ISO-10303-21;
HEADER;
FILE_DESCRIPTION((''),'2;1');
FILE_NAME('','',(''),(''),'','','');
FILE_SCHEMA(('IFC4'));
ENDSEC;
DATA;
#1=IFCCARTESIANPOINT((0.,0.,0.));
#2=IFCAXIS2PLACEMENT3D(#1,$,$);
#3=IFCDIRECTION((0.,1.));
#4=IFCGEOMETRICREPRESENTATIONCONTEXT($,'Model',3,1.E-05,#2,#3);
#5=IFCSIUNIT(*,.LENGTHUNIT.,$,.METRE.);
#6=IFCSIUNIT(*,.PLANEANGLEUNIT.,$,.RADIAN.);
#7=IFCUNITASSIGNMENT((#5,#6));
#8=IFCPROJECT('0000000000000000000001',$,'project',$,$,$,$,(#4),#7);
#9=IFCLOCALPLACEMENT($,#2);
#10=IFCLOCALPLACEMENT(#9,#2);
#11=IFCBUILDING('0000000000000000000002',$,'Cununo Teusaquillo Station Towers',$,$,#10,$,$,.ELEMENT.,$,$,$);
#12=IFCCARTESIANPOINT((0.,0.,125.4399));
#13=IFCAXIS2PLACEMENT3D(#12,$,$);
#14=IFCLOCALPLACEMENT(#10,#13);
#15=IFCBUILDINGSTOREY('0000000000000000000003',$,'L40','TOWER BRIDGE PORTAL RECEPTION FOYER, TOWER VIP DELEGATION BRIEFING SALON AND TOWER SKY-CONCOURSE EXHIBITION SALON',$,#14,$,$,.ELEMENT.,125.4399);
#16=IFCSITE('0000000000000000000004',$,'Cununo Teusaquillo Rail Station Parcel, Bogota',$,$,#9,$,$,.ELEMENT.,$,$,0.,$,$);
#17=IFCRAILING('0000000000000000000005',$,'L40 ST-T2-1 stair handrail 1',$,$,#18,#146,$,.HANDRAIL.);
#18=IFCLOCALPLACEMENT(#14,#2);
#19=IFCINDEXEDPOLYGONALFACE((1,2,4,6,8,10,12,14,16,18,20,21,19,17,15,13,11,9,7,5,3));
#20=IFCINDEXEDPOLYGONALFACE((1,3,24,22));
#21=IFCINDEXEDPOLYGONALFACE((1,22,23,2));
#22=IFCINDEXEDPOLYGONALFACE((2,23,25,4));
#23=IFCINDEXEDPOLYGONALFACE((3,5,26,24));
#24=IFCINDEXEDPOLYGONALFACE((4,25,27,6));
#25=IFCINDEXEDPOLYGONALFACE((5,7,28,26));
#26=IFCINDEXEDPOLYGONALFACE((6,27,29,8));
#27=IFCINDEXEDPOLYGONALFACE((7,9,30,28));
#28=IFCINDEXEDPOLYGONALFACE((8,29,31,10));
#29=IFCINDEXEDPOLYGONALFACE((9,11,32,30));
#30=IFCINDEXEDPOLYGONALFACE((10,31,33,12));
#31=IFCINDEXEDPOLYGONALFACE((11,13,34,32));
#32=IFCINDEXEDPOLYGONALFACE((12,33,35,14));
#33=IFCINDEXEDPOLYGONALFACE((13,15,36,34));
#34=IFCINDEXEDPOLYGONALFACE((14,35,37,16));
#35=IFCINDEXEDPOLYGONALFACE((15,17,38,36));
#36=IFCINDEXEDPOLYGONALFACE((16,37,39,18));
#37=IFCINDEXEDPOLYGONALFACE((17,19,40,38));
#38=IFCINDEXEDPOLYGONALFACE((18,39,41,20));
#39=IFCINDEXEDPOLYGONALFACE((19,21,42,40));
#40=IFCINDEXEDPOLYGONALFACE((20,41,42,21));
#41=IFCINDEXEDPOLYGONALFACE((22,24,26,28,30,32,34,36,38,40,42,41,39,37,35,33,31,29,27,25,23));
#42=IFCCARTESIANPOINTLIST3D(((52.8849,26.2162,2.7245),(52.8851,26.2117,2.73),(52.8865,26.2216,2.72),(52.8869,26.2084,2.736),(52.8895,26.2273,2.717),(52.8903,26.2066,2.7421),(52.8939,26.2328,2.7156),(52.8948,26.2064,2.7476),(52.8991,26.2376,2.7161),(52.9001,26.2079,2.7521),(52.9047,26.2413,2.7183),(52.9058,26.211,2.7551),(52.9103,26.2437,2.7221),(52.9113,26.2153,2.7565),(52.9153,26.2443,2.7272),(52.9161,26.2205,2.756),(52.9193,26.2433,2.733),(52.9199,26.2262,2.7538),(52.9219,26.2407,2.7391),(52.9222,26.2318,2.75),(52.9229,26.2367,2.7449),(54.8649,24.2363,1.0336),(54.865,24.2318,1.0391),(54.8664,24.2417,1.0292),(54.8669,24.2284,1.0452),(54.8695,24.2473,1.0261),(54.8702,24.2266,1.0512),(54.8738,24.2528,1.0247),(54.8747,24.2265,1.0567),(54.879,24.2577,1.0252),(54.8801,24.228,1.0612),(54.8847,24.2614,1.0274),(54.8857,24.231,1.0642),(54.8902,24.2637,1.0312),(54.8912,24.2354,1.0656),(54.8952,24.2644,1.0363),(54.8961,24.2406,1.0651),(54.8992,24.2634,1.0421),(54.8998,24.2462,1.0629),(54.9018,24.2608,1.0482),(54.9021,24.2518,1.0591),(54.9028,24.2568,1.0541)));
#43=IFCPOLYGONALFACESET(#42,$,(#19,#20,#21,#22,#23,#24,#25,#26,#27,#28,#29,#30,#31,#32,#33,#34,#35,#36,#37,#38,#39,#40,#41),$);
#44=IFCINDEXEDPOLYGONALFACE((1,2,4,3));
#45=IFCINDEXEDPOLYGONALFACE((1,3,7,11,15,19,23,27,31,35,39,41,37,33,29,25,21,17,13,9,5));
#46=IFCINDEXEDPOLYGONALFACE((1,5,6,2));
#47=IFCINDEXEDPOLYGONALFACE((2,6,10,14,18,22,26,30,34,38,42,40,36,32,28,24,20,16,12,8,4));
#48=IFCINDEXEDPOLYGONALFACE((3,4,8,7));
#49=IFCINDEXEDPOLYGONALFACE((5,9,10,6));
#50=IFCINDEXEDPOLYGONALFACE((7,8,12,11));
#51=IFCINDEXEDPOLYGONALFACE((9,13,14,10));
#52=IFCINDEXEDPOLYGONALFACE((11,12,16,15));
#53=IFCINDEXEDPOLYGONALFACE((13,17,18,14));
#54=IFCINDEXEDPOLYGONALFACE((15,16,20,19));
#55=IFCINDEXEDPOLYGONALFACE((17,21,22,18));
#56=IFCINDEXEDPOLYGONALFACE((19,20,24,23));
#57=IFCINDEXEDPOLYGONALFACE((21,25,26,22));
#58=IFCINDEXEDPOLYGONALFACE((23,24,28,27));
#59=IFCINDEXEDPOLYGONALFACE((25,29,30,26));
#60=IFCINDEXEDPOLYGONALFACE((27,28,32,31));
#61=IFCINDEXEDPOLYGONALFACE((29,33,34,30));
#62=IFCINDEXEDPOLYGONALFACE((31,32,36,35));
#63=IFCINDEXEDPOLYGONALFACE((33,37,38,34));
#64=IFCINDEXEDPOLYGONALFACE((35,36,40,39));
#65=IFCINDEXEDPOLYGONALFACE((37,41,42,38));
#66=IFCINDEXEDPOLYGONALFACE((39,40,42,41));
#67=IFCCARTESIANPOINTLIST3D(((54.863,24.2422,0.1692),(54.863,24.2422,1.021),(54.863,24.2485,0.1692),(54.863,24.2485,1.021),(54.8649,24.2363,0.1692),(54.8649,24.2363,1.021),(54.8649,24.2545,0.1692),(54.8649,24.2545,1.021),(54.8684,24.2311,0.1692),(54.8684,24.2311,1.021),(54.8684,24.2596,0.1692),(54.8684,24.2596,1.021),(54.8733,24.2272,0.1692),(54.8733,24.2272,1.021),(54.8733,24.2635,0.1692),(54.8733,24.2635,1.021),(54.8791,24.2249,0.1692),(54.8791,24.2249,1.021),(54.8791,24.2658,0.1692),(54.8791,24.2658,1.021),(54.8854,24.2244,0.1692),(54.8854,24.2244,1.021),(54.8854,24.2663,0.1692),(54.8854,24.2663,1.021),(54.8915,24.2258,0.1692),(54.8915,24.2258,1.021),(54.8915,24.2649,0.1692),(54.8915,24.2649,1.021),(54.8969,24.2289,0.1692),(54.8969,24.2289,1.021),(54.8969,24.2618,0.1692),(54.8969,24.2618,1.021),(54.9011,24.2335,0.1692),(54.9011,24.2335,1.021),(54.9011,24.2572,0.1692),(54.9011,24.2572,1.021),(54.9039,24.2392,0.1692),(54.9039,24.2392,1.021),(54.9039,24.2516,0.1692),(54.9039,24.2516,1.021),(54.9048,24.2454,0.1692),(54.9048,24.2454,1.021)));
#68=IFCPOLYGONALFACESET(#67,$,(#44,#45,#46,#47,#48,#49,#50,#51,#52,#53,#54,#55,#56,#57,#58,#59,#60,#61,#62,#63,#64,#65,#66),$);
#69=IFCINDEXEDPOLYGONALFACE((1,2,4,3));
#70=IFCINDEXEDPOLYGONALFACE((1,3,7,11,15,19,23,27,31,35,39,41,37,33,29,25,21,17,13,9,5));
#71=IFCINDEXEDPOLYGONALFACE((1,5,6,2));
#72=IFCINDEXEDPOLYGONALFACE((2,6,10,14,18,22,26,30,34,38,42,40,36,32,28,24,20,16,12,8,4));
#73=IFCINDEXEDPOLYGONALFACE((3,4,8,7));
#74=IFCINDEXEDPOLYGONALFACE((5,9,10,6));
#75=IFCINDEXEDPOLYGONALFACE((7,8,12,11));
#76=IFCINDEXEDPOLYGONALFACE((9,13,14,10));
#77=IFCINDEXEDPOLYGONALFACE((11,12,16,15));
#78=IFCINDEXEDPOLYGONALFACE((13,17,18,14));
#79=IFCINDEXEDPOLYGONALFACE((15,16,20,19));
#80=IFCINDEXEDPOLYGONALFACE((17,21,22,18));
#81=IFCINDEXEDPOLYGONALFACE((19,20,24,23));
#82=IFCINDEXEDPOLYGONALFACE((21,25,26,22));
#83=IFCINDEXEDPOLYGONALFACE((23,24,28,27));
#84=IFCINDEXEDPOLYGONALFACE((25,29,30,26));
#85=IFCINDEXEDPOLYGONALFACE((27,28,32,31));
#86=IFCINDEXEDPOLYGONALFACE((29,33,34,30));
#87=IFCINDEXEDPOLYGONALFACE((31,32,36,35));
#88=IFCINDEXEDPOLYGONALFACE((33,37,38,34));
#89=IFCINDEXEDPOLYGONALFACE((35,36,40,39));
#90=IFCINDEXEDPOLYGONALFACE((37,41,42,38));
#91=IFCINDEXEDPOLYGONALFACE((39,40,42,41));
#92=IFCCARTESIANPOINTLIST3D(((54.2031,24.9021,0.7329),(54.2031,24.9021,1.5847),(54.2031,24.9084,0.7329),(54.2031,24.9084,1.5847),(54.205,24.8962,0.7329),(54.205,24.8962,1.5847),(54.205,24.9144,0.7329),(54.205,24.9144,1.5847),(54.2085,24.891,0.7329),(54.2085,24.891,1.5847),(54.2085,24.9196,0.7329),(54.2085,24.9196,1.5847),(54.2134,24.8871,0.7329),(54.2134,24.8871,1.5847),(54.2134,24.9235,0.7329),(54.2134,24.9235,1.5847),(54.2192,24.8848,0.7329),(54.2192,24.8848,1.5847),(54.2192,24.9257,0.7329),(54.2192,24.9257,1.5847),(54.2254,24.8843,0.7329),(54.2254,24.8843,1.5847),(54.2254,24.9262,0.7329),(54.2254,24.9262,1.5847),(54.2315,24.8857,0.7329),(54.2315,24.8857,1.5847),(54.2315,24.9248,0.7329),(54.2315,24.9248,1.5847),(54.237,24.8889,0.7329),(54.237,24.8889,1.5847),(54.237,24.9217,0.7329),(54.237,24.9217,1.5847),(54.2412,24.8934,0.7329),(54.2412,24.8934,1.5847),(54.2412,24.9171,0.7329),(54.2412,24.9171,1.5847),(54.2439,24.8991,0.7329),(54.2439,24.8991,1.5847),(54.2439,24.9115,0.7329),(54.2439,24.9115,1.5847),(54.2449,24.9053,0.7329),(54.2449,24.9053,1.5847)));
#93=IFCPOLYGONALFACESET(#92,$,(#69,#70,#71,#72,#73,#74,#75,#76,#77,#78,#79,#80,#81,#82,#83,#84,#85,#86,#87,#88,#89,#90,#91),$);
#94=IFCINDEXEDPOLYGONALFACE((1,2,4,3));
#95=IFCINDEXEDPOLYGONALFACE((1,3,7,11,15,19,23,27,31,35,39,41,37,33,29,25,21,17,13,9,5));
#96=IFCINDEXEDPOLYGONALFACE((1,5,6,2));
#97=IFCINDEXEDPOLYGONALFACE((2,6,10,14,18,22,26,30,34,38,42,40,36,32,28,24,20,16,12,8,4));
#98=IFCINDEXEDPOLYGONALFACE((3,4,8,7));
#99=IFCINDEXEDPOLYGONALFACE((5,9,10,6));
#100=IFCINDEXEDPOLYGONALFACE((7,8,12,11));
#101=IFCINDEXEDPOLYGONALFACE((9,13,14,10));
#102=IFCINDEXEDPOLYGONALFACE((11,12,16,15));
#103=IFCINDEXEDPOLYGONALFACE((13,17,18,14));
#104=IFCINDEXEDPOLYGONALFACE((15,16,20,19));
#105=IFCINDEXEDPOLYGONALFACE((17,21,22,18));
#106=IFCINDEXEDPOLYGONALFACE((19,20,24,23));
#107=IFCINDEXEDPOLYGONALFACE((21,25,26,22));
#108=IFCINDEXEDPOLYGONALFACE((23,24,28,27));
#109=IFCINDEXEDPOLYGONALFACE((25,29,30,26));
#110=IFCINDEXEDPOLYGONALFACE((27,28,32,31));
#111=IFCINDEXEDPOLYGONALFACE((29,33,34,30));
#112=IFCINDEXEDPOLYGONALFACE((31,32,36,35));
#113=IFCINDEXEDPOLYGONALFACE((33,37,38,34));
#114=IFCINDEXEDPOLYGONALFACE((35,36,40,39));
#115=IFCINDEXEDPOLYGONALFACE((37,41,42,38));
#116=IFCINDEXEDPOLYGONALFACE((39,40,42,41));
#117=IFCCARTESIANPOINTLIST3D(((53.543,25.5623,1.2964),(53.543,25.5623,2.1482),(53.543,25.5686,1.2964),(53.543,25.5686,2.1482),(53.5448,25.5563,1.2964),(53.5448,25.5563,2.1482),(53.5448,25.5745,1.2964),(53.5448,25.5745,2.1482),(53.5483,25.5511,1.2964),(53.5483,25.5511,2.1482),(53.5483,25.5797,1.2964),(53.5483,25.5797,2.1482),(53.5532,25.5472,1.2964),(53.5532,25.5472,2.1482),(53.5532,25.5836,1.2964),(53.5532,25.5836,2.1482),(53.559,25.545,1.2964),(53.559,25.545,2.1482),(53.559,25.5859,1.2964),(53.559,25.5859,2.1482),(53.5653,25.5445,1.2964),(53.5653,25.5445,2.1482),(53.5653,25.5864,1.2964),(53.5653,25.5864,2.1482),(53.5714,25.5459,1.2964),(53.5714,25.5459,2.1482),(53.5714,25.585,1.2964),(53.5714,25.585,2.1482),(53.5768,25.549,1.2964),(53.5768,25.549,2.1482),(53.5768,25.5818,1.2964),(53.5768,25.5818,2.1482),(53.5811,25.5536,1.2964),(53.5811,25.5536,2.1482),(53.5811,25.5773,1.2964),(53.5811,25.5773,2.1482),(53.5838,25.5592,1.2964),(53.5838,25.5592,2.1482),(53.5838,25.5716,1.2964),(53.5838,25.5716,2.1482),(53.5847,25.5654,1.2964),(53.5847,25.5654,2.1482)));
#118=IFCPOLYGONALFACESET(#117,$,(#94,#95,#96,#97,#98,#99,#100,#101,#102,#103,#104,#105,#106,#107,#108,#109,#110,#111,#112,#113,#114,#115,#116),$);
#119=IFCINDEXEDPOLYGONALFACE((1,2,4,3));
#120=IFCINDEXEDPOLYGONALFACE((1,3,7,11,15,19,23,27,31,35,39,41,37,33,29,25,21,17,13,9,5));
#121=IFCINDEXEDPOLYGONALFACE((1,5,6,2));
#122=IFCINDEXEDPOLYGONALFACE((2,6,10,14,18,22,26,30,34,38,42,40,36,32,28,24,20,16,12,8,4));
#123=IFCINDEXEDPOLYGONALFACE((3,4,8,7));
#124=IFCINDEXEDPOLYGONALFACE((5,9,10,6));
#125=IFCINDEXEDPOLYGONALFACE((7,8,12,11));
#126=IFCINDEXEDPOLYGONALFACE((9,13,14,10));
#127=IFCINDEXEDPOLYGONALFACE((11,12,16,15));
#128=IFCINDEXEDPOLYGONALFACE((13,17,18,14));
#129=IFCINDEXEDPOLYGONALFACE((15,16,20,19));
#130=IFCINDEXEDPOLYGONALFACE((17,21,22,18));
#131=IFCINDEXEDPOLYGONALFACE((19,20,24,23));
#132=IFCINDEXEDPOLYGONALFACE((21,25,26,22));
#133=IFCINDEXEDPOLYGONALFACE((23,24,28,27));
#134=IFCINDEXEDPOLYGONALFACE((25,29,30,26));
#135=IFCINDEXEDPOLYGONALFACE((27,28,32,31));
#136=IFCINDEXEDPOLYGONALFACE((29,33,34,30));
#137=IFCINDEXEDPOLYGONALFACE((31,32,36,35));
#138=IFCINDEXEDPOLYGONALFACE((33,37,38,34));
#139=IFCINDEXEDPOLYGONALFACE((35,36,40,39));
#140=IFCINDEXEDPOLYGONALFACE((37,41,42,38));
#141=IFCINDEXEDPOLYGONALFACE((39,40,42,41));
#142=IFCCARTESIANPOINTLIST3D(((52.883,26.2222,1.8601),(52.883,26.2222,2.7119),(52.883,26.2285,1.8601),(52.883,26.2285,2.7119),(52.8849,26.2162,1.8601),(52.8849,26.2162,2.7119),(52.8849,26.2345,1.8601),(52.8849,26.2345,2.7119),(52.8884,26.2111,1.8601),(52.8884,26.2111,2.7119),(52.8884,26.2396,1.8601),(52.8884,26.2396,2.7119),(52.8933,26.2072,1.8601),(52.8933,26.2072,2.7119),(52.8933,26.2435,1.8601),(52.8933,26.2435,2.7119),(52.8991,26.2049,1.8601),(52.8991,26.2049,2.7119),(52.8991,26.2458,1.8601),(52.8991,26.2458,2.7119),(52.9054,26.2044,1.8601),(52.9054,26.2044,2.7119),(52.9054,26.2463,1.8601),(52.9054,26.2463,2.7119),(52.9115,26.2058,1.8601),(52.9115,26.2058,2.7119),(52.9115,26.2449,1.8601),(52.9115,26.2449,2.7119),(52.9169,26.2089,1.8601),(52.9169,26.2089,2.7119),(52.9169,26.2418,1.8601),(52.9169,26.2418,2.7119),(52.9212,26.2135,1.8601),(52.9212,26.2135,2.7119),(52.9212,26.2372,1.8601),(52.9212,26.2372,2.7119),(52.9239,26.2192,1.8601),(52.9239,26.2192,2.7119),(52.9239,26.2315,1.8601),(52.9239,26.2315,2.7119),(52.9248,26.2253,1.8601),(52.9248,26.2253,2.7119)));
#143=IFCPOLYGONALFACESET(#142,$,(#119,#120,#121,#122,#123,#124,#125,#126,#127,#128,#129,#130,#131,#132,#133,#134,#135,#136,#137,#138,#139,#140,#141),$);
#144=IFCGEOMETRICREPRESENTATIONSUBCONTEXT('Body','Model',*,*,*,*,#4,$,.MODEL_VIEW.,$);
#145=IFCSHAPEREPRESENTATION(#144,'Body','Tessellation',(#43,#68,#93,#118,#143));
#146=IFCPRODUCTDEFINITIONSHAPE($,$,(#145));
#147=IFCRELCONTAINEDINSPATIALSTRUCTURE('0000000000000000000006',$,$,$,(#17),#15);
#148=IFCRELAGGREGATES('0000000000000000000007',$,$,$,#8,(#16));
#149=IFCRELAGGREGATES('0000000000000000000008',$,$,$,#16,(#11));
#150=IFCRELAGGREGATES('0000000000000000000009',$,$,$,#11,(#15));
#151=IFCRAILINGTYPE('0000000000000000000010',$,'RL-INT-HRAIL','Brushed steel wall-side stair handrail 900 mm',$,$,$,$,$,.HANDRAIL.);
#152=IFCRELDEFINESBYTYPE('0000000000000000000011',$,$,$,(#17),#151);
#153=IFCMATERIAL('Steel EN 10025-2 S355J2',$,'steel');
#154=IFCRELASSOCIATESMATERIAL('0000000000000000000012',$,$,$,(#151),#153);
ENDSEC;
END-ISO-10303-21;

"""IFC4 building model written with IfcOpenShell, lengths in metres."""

from ifc_helpers import new_model, si_unit, direction, frame, origin, origin_2d, place, context, subcontext, project, spatial, circle, extrude, material, type_object, element, save


model = new_model("IFC4")

# Units and contexts
model_context = context("Model", 3, precision=1e-05, world=origin(), true_north=direction((0.0, 1.0)))
body_context = subcontext(model_context, "Body", "Model", "MODEL_VIEW")
ifc_project = project(units=[si_unit("LENGTHUNIT", "METRE"), si_unit("PLANEANGLEUNIT", "RADIAN")], contexts=[model_context])

# Site, building, storey
site_placement = place(None, origin())
site = spatial("IfcSite", under=ifc_project, at=site_placement, Name="Cununo Teusaquillo Rail Station Parcel, Bogota", CompositionType="ELEMENT", RefElevation=0.0)
building_placement = place(site_placement, origin())
building = spatial("IfcBuilding", under=site, at=building_placement, Name="Cununo Teusaquillo Station Towers", CompositionType="ELEMENT")
storey_placement = place(building_placement, frame((0.0, 0.0, 125.4399)))
storey = spatial("IfcBuildingStorey", under=building, at=storey_placement, Name="L40", Description="TOWER BRIDGE PORTAL RECEPTION FOYER, TOWER VIP DELEGATION BRIEFING SALON AND TOWER SKY-CONCOURSE EXHIBITION SALON", CompositionType="ELEMENT", Elevation=125.4399)

# Railing
ifc_material_1 = material(Name="Steel EN 10025-2 S355J2", Category="steel")
railing_type_1 = type_object("IfcRailingType", Name="RL-INT-HRAIL", Description="Brushed steel wall-side stair handrail 900 mm", PredefinedType="HANDRAIL", material=ifc_material_1)
railing_1_placement = place(storey_placement, frame((54.8838, 24.2454, 0.1692)))
element("IfcRailing", 1, at=railing_1_placement, inside=storey, type_object=railing_type_1, Name="L40 ST-T2-1 stair handrail 1", PredefinedType="HANDRAIL", context=body_context, shape_type="SweptSolid", body=[
    extrude(circle(Radius=0.0239, at=origin_2d()), frame((0.0, 0.0, 0.876), z_axis=(-0.605302, 0.605302, 0.516932), x_axis=(-0.707107, -0.707107, 0.0)), (0.0, 0.0, 1.0), 3.271),
    extrude(circle(Radius=0.021, at=origin_2d()), origin(), (0.0, 0.0, 1.0), 0.8518),
    extrude(circle(Radius=0.021, at=origin_2d()), frame((-0.6599, 0.6599, 0.5637)), (0.0, 0.0, 1.0), 0.8518),
    extrude(circle(Radius=0.021, at=origin_2d()), frame((-1.3201, 1.3201, 1.1272)), (0.0, 0.0, 1.0), 0.8518),
    extrude(circle(Radius=0.021, at=origin_2d()), frame((-1.98, 1.98, 1.6909)), (0.0, 0.0, 1.0), 0.8518),
])

save(model, "model.ifc")
